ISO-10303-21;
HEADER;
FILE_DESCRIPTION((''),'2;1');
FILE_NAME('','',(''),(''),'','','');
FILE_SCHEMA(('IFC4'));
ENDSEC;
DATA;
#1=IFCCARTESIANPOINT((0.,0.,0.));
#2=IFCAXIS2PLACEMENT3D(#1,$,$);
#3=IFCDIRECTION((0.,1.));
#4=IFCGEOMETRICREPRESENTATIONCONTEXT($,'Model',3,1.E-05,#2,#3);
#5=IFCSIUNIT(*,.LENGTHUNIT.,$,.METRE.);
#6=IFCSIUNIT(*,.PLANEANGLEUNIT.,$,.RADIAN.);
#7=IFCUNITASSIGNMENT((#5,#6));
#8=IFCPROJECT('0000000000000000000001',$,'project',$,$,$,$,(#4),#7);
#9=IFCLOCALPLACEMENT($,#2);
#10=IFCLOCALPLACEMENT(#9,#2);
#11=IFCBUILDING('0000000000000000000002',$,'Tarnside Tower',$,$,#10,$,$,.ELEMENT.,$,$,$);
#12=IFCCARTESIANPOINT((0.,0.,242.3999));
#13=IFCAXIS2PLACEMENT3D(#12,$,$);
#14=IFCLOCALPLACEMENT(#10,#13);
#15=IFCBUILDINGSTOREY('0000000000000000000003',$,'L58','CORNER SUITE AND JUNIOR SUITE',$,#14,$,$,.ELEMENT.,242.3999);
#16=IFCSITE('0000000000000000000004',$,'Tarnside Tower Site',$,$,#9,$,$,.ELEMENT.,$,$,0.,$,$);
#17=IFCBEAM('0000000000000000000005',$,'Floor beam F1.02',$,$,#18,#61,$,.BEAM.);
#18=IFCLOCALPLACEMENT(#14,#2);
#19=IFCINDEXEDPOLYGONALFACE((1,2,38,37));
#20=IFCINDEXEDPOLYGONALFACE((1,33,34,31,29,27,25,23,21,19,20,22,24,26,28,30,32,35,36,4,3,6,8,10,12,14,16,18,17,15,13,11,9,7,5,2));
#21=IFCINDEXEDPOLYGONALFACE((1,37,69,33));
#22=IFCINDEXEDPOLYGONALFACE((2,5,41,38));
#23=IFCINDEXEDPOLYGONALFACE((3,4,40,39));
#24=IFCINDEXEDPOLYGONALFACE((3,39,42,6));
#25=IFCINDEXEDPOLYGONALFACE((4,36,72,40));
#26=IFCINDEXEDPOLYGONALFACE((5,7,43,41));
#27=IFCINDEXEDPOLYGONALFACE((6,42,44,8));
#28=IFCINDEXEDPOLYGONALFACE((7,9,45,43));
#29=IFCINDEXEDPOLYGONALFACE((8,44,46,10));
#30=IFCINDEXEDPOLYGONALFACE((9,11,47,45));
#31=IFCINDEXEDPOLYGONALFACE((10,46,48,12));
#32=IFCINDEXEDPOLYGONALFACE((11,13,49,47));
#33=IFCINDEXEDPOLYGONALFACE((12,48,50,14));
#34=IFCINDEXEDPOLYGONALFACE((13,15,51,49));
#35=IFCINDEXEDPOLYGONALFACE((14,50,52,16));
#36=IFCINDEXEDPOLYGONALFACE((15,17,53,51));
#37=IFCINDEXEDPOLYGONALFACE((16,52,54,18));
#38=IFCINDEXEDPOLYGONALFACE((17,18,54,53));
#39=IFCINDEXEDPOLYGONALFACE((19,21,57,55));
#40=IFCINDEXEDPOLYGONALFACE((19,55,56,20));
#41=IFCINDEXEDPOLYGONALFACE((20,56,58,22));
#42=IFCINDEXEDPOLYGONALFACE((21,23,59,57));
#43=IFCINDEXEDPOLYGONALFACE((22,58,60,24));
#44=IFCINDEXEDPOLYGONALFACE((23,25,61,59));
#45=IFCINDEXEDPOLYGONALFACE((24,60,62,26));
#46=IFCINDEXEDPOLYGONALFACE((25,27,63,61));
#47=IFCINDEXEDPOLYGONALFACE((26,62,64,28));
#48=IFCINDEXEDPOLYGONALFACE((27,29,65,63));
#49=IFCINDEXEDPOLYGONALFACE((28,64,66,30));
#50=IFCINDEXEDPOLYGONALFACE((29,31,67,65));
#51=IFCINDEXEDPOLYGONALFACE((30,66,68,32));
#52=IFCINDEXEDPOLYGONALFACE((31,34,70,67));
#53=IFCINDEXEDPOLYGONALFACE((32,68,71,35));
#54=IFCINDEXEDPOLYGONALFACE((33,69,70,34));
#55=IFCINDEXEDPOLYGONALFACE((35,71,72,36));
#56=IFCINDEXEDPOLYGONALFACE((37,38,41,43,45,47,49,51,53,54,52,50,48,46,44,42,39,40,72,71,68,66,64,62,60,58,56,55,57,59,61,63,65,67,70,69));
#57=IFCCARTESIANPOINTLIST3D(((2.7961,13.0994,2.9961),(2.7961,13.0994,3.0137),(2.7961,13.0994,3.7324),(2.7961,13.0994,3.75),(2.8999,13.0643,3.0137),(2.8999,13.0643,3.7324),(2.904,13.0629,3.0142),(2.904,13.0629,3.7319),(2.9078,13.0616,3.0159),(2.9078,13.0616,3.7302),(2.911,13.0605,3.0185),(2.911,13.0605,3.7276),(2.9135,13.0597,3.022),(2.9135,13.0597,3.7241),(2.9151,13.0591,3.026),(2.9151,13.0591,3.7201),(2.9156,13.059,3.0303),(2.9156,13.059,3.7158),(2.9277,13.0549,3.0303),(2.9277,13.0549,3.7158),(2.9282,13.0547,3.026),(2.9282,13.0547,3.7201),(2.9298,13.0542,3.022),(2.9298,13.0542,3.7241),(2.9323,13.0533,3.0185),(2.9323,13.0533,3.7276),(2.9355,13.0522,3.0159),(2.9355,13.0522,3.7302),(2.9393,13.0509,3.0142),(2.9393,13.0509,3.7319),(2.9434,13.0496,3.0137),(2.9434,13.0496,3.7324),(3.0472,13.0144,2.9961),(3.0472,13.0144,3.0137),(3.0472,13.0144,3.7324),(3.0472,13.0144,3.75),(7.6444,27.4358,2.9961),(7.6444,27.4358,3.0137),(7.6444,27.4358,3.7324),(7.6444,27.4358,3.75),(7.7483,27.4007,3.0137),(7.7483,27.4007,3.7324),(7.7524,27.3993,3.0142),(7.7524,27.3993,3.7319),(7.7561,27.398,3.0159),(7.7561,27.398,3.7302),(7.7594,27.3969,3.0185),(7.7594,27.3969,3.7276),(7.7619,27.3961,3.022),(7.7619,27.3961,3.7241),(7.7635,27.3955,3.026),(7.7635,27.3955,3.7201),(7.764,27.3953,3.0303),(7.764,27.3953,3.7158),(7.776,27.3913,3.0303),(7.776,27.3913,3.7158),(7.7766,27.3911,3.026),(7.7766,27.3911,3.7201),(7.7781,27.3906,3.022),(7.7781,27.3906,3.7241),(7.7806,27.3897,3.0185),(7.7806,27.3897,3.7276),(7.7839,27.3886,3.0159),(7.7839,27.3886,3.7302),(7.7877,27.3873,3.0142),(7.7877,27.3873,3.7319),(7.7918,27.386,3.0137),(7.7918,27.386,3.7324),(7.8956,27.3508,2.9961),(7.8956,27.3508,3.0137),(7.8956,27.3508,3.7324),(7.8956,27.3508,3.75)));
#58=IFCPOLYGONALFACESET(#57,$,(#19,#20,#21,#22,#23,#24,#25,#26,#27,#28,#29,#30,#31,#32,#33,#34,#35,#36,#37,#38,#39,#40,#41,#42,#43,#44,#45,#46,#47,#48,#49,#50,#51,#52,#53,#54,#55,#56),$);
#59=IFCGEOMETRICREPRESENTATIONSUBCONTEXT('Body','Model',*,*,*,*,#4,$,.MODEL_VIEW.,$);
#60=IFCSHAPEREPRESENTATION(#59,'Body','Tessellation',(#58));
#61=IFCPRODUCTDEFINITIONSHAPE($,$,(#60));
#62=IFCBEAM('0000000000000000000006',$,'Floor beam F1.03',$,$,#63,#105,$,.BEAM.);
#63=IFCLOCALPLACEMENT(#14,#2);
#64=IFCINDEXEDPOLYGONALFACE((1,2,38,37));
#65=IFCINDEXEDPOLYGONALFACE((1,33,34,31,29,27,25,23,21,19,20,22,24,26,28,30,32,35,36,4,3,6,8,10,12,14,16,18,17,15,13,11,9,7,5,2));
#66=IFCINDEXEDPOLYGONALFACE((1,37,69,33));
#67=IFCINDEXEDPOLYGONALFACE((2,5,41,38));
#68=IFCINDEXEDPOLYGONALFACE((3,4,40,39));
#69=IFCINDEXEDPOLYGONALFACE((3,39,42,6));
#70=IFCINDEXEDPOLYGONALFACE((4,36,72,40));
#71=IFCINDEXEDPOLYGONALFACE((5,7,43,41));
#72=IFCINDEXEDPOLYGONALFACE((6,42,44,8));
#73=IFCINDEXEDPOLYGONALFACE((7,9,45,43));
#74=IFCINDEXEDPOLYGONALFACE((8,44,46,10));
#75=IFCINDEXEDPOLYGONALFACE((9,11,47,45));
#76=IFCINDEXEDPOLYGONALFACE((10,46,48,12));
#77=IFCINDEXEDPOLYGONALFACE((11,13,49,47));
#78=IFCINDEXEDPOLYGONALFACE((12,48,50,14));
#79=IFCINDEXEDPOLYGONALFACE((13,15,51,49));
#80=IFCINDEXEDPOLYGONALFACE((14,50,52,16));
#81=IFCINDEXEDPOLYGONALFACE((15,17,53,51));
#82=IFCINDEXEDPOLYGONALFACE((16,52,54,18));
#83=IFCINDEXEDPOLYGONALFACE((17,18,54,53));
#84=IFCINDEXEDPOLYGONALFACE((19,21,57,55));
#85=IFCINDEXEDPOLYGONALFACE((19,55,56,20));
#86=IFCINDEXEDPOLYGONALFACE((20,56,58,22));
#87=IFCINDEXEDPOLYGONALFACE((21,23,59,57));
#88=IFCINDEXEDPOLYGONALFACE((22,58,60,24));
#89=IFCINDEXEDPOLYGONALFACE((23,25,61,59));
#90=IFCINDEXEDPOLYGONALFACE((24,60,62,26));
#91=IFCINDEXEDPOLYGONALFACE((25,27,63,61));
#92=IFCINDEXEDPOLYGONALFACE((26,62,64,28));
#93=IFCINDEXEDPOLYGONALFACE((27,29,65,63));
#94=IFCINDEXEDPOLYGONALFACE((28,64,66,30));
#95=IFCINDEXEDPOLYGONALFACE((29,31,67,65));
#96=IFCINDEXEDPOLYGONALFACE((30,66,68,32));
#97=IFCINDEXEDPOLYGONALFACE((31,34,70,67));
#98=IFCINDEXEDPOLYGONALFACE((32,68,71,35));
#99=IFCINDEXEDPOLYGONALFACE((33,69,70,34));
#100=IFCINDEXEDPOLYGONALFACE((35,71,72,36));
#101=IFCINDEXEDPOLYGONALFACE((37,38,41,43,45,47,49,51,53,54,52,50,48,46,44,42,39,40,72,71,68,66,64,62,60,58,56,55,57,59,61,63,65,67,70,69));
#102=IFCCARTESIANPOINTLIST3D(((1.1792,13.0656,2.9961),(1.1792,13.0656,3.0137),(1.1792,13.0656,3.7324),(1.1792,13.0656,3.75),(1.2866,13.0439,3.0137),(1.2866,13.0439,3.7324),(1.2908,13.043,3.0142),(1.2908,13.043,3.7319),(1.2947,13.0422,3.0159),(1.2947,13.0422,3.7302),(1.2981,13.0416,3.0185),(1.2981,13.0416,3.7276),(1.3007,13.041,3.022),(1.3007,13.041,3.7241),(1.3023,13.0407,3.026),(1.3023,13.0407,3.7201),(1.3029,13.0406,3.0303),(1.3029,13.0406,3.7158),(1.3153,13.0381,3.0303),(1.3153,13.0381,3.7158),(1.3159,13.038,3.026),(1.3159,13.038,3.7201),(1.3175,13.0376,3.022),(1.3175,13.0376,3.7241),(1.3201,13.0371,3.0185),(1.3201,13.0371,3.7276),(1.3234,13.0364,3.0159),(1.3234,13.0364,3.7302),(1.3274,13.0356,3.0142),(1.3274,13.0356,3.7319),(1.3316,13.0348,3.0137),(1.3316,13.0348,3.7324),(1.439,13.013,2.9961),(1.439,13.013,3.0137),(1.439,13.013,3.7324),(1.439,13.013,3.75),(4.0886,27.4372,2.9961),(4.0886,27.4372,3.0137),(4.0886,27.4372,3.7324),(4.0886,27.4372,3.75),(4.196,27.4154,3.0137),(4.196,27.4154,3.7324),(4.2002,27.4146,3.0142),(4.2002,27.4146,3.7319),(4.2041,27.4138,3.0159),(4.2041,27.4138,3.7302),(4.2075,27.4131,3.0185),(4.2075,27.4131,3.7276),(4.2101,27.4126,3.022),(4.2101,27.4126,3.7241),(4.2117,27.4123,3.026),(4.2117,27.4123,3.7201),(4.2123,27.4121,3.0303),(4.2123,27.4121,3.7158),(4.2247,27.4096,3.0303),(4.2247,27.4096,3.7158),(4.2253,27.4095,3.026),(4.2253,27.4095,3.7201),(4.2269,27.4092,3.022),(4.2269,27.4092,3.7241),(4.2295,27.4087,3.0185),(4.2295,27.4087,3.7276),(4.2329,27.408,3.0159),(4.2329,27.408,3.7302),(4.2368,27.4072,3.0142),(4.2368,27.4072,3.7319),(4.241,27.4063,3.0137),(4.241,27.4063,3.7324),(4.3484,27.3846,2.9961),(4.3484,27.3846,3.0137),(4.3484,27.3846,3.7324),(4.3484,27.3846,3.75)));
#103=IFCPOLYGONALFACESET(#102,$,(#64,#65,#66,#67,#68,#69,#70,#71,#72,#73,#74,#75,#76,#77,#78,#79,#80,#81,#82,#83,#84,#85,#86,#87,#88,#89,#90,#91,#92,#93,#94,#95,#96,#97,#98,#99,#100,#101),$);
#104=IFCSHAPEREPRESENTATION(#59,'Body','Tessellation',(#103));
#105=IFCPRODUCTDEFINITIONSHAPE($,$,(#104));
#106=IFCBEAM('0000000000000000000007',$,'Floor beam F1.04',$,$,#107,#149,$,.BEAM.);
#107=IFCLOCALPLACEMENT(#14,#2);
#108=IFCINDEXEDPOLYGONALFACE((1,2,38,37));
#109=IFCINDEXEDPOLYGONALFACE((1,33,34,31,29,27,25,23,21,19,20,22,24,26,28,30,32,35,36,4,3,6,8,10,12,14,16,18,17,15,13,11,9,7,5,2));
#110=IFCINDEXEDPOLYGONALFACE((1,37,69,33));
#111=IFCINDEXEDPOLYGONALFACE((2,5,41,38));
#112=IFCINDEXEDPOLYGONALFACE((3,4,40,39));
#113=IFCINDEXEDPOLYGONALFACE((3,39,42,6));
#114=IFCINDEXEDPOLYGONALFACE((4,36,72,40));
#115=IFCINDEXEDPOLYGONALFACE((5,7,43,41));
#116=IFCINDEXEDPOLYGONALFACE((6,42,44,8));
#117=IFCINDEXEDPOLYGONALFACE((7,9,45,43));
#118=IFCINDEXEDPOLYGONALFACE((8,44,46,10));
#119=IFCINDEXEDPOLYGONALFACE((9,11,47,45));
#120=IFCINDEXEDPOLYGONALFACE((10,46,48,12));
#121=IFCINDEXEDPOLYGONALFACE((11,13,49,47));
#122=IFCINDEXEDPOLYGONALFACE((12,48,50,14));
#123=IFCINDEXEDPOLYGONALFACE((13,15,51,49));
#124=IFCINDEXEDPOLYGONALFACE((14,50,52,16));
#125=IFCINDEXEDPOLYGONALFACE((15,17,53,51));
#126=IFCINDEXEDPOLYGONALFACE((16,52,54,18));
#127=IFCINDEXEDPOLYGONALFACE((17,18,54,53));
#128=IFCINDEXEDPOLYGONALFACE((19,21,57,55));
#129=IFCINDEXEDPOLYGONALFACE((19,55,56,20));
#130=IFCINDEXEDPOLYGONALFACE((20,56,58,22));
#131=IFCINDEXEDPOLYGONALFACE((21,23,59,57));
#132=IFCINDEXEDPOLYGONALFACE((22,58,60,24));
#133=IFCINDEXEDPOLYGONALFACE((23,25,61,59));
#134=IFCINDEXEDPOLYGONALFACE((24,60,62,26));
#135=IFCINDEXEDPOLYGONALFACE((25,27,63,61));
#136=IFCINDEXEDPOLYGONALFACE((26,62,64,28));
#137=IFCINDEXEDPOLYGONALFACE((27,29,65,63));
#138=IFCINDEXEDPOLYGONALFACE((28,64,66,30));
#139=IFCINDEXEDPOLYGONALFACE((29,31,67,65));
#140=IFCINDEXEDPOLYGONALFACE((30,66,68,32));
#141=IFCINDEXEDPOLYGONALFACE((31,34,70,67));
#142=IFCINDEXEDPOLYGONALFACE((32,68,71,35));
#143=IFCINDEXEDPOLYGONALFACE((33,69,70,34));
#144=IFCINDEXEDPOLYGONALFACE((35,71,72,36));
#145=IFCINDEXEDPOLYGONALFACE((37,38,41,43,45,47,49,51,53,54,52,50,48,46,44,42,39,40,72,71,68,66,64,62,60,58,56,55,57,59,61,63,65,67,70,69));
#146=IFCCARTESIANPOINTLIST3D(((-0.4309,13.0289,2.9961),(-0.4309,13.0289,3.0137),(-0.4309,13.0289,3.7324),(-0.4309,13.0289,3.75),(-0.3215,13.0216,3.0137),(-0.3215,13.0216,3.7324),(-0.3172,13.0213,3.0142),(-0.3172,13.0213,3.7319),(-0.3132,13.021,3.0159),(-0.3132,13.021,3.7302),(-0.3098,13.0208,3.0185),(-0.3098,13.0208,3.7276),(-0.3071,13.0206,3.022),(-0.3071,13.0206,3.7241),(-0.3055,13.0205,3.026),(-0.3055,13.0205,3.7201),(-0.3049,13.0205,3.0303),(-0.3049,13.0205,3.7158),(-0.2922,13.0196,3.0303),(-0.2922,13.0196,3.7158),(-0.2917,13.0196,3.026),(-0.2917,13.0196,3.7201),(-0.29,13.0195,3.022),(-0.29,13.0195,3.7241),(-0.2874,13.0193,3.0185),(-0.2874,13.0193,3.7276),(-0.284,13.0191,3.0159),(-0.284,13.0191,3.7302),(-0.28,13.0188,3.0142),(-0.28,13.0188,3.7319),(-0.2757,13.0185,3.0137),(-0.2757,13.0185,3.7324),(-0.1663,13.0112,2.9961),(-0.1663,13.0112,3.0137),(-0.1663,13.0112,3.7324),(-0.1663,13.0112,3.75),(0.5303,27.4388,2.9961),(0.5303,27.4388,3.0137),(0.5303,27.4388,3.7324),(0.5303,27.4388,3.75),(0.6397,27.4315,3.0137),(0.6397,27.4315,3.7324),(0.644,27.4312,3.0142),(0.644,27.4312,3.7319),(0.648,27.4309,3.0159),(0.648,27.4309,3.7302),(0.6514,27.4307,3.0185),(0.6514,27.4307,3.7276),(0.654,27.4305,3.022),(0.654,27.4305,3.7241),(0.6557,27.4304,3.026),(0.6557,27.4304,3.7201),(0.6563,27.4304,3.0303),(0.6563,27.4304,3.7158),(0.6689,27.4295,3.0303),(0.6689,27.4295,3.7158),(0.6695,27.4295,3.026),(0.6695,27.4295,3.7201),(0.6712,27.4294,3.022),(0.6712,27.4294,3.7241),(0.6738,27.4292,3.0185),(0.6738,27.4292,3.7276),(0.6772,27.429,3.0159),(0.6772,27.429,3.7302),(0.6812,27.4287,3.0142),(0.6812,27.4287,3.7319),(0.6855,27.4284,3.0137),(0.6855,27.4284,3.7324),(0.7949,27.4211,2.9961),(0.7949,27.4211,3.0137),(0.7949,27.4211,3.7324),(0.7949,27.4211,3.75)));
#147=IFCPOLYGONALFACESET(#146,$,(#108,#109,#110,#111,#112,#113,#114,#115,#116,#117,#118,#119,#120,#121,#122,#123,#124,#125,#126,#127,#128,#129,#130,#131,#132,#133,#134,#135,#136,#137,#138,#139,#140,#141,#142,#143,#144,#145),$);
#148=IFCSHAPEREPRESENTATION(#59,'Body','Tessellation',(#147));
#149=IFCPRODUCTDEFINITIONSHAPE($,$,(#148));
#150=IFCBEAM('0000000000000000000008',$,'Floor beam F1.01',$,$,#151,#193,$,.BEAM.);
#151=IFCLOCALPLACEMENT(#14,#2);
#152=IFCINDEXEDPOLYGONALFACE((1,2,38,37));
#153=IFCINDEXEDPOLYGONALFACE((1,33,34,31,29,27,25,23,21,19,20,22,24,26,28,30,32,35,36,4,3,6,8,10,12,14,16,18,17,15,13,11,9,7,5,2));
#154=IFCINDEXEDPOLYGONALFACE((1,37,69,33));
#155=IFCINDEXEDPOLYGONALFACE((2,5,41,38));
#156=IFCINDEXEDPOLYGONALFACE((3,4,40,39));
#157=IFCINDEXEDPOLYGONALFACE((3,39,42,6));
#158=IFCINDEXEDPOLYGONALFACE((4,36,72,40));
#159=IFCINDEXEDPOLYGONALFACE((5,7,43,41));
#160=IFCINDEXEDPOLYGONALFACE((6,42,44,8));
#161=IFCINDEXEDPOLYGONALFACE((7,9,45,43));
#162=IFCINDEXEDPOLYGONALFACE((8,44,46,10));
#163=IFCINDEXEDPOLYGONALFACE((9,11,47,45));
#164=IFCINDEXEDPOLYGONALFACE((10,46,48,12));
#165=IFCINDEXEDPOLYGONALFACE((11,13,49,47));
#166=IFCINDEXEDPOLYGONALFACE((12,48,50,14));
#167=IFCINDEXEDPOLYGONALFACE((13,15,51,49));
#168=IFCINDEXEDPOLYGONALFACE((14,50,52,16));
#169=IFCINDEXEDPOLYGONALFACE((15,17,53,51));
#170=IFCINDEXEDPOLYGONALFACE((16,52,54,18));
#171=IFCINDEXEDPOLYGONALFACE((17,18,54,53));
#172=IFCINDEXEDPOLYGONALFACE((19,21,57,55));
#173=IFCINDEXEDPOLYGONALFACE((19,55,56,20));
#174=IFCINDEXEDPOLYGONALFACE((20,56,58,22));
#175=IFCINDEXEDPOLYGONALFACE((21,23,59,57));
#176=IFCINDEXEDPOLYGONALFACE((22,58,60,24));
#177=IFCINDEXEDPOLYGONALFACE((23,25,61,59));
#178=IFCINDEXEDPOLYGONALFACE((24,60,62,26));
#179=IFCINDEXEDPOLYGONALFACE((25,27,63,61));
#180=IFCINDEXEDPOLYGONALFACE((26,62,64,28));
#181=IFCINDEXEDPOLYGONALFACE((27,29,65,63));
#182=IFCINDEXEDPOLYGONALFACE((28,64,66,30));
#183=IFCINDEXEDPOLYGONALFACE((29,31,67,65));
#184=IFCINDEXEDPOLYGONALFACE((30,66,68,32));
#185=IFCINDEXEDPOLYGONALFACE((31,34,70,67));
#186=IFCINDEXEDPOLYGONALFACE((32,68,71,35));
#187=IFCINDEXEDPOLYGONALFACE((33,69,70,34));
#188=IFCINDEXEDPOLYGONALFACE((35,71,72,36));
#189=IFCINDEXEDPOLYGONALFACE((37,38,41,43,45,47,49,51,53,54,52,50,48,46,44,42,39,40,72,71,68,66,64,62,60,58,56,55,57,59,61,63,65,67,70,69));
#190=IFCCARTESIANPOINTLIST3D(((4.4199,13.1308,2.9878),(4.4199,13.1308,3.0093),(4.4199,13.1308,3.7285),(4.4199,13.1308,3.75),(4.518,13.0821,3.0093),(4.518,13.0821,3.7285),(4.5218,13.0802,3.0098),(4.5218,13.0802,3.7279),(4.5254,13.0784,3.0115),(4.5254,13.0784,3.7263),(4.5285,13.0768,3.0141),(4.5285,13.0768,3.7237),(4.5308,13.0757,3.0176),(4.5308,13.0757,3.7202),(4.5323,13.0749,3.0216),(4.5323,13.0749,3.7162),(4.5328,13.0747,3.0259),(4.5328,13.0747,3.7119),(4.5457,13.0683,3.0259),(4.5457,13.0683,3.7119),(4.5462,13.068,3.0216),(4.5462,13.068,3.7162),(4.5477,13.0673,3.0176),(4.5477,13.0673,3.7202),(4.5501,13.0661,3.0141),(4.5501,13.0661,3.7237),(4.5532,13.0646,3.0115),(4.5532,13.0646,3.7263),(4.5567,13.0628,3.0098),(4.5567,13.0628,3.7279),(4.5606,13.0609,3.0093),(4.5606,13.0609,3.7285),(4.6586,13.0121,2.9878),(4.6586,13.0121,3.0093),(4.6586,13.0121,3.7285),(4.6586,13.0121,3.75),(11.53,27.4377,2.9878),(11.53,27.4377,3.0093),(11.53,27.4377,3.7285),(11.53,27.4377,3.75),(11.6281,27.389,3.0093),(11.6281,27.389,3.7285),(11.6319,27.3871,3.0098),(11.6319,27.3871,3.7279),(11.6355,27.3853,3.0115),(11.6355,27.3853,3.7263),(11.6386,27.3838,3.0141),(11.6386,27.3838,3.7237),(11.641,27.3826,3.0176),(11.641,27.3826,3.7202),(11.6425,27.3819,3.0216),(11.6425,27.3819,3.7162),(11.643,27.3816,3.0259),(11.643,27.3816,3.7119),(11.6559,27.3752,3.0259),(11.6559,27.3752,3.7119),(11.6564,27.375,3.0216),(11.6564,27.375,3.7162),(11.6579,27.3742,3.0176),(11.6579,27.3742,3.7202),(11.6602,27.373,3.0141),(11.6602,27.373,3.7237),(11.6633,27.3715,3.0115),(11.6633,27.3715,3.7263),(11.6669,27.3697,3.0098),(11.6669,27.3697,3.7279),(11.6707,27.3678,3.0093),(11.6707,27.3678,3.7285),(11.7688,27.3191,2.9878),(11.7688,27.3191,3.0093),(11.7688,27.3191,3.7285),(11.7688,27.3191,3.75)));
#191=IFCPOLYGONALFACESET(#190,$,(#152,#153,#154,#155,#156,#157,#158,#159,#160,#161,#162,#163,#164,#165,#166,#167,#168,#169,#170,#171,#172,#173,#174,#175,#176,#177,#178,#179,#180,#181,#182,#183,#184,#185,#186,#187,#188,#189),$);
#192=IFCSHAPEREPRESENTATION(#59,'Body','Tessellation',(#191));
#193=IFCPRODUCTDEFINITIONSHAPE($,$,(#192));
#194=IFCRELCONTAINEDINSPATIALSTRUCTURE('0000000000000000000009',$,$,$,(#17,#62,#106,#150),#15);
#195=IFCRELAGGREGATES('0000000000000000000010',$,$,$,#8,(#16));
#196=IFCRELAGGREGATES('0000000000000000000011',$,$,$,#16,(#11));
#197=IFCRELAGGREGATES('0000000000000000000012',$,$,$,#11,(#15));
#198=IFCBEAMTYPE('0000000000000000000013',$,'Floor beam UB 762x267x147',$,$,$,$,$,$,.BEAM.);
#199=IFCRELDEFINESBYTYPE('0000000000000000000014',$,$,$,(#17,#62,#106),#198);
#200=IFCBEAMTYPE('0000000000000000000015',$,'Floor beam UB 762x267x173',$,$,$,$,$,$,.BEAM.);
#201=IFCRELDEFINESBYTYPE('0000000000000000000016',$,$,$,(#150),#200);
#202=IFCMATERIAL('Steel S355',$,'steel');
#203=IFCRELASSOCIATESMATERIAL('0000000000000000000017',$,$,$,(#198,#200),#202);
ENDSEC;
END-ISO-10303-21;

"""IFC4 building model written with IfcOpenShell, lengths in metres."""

from ifc_helpers import new_model, si_unit, direction, frame, origin, origin_2d, place, context, subcontext, project, spatial, i_section, extrude, material, material_profile, profile_set, type_object, element, save


model = new_model("IFC4")

# Units and contexts
model_context = context("Model", 3, precision=1e-05, world=origin(), true_north=direction((0.0, 1.0)))
body_context = subcontext(model_context, "Body", "Model", "MODEL_VIEW")
ifc_project = project(units=[si_unit("LENGTHUNIT", "METRE"), si_unit("PLANEANGLEUNIT", "RADIAN")], contexts=[model_context])

# Site, building, storey
site_placement = place(None, origin())
site = spatial("IfcSite", under=ifc_project, at=site_placement, Name="Tarnside Tower Site", CompositionType="ELEMENT", RefElevation=0.0)
building_placement = place(site_placement, origin())
building = spatial("IfcBuilding", under=site, at=building_placement, Name="Tarnside Tower", CompositionType="ELEMENT")
storey_placement = place(building_placement, frame((0.0, 0.0, 242.3999)))
storey = spatial("IfcBuildingStorey", under=building, at=storey_placement, Name="L58", Description="CORNER SUITE AND JUNIOR SUITE", CompositionType="ELEMENT", Elevation=242.3999)

# Beams
ifc_material_1 = material(Name="Steel S355", Category="steel")
ifc_material_profile_1 = material_profile(ifc_material_1, i_section(OverallWidth=0.2651, OverallDepth=0.7539, WebThickness=0.0127, FlangeThickness=0.0176, FilletRadius=0.0166, at=origin_2d()), Name="UB 762x267x147")
ifc_profile_set_1 = profile_set([ifc_material_profile_1], Name="Steel S355")
beam_type_1 = type_object("IfcBeamType", Name="Floor beam UB 762x267x147", PredefinedType="BEAM", material=ifc_profile_set_1)
beam_1_placement = place(storey_placement, frame((7.77, 27.3933, 3.373), z_axis=(-0.320363, -0.947295, 0.0), x_axis=(0.947295, -0.320363, 0.0)))
element("IfcBeam", 1, at=beam_1_placement, inside=storey, type_object=beam_type_1, Name="Floor beam F1.02", PredefinedType="BEAM", context=body_context, shape_type="SweptSolid", body=[
    extrude(i_section(OverallWidth=0.2651, OverallDepth=0.7539, WebThickness=0.0127, FlangeThickness=0.0176, FilletRadius=0.0166, at=origin_2d()), origin(), (0.0, 0.0, 1.0), 15.134),
])
beam_2_placement = place(storey_placement, frame((4.2185, 27.4109, 3.373), z_axis=(-0.198418, -0.980118, 0.0), x_axis=(0.980118, -0.198418, 0.0)))
element("IfcBeam", 2, at=beam_2_placement, inside=storey, type_object=beam_type_1, Name="Floor beam F1.03", PredefinedType="BEAM", context=body_context, shape_type="SweptSolid", body=[
    extrude(i_section(OverallWidth=0.2651, OverallDepth=0.7539, WebThickness=0.0127, FlangeThickness=0.0176, FilletRadius=0.0166, at=origin_2d()), origin(), (0.0, 0.0, 1.0), 14.6631),
])
beam_3_placement = place(storey_placement, frame((0.6626, 27.4299, 3.373), z_axis=(-0.066555, -0.997783, 0.0), x_axis=(0.997783, -0.066555, 0.0)))
element("IfcBeam", 3, at=beam_3_placement, inside=storey, type_object=beam_type_1, Name="Floor beam F1.04", PredefinedType="BEAM", context=body_context, shape_type="SweptSolid", body=[
    extrude(i_section(OverallWidth=0.2651, OverallDepth=0.7539, WebThickness=0.0127, FlangeThickness=0.0176, FilletRadius=0.0166, at=origin_2d()), origin(), (0.0, 0.0, 1.0), 14.4419),
])
ifc_material_profile_2 = material_profile(ifc_material_1, i_section(OverallWidth=0.2666, OverallDepth=0.7622, WebThickness=0.0144, FlangeThickness=0.0215, FilletRadius=0.0166, at=origin_2d()), Name="UB 762x267x173")
ifc_profile_set_2 = profile_set([ifc_material_profile_2], Name="Steel S355")
beam_type_2 = type_object("IfcBeamType", Name="Floor beam UB 762x267x173", PredefinedType="BEAM", material=ifc_profile_set_2)
beam_4_placement = place(storey_placement, frame((11.6494, 27.3784, 3.3689), z_axis=(-0.445042, -0.89551, 0.0), x_axis=(0.89551, -0.445042, 0.0)))
element("IfcBeam", 4, at=beam_4_placement, inside=storey, type_object=beam_type_2, Name="Floor beam F1.01", PredefinedType="BEAM", context=body_context, shape_type="SweptSolid", body=[
    extrude(i_section(OverallWidth=0.2666, OverallDepth=0.7622, WebThickness=0.0144, FlangeThickness=0.0215, FilletRadius=0.0166, at=origin_2d()), origin(), (0.0, 0.0, 1.0), 15.9763),
])

save(model, "model.ifc")
